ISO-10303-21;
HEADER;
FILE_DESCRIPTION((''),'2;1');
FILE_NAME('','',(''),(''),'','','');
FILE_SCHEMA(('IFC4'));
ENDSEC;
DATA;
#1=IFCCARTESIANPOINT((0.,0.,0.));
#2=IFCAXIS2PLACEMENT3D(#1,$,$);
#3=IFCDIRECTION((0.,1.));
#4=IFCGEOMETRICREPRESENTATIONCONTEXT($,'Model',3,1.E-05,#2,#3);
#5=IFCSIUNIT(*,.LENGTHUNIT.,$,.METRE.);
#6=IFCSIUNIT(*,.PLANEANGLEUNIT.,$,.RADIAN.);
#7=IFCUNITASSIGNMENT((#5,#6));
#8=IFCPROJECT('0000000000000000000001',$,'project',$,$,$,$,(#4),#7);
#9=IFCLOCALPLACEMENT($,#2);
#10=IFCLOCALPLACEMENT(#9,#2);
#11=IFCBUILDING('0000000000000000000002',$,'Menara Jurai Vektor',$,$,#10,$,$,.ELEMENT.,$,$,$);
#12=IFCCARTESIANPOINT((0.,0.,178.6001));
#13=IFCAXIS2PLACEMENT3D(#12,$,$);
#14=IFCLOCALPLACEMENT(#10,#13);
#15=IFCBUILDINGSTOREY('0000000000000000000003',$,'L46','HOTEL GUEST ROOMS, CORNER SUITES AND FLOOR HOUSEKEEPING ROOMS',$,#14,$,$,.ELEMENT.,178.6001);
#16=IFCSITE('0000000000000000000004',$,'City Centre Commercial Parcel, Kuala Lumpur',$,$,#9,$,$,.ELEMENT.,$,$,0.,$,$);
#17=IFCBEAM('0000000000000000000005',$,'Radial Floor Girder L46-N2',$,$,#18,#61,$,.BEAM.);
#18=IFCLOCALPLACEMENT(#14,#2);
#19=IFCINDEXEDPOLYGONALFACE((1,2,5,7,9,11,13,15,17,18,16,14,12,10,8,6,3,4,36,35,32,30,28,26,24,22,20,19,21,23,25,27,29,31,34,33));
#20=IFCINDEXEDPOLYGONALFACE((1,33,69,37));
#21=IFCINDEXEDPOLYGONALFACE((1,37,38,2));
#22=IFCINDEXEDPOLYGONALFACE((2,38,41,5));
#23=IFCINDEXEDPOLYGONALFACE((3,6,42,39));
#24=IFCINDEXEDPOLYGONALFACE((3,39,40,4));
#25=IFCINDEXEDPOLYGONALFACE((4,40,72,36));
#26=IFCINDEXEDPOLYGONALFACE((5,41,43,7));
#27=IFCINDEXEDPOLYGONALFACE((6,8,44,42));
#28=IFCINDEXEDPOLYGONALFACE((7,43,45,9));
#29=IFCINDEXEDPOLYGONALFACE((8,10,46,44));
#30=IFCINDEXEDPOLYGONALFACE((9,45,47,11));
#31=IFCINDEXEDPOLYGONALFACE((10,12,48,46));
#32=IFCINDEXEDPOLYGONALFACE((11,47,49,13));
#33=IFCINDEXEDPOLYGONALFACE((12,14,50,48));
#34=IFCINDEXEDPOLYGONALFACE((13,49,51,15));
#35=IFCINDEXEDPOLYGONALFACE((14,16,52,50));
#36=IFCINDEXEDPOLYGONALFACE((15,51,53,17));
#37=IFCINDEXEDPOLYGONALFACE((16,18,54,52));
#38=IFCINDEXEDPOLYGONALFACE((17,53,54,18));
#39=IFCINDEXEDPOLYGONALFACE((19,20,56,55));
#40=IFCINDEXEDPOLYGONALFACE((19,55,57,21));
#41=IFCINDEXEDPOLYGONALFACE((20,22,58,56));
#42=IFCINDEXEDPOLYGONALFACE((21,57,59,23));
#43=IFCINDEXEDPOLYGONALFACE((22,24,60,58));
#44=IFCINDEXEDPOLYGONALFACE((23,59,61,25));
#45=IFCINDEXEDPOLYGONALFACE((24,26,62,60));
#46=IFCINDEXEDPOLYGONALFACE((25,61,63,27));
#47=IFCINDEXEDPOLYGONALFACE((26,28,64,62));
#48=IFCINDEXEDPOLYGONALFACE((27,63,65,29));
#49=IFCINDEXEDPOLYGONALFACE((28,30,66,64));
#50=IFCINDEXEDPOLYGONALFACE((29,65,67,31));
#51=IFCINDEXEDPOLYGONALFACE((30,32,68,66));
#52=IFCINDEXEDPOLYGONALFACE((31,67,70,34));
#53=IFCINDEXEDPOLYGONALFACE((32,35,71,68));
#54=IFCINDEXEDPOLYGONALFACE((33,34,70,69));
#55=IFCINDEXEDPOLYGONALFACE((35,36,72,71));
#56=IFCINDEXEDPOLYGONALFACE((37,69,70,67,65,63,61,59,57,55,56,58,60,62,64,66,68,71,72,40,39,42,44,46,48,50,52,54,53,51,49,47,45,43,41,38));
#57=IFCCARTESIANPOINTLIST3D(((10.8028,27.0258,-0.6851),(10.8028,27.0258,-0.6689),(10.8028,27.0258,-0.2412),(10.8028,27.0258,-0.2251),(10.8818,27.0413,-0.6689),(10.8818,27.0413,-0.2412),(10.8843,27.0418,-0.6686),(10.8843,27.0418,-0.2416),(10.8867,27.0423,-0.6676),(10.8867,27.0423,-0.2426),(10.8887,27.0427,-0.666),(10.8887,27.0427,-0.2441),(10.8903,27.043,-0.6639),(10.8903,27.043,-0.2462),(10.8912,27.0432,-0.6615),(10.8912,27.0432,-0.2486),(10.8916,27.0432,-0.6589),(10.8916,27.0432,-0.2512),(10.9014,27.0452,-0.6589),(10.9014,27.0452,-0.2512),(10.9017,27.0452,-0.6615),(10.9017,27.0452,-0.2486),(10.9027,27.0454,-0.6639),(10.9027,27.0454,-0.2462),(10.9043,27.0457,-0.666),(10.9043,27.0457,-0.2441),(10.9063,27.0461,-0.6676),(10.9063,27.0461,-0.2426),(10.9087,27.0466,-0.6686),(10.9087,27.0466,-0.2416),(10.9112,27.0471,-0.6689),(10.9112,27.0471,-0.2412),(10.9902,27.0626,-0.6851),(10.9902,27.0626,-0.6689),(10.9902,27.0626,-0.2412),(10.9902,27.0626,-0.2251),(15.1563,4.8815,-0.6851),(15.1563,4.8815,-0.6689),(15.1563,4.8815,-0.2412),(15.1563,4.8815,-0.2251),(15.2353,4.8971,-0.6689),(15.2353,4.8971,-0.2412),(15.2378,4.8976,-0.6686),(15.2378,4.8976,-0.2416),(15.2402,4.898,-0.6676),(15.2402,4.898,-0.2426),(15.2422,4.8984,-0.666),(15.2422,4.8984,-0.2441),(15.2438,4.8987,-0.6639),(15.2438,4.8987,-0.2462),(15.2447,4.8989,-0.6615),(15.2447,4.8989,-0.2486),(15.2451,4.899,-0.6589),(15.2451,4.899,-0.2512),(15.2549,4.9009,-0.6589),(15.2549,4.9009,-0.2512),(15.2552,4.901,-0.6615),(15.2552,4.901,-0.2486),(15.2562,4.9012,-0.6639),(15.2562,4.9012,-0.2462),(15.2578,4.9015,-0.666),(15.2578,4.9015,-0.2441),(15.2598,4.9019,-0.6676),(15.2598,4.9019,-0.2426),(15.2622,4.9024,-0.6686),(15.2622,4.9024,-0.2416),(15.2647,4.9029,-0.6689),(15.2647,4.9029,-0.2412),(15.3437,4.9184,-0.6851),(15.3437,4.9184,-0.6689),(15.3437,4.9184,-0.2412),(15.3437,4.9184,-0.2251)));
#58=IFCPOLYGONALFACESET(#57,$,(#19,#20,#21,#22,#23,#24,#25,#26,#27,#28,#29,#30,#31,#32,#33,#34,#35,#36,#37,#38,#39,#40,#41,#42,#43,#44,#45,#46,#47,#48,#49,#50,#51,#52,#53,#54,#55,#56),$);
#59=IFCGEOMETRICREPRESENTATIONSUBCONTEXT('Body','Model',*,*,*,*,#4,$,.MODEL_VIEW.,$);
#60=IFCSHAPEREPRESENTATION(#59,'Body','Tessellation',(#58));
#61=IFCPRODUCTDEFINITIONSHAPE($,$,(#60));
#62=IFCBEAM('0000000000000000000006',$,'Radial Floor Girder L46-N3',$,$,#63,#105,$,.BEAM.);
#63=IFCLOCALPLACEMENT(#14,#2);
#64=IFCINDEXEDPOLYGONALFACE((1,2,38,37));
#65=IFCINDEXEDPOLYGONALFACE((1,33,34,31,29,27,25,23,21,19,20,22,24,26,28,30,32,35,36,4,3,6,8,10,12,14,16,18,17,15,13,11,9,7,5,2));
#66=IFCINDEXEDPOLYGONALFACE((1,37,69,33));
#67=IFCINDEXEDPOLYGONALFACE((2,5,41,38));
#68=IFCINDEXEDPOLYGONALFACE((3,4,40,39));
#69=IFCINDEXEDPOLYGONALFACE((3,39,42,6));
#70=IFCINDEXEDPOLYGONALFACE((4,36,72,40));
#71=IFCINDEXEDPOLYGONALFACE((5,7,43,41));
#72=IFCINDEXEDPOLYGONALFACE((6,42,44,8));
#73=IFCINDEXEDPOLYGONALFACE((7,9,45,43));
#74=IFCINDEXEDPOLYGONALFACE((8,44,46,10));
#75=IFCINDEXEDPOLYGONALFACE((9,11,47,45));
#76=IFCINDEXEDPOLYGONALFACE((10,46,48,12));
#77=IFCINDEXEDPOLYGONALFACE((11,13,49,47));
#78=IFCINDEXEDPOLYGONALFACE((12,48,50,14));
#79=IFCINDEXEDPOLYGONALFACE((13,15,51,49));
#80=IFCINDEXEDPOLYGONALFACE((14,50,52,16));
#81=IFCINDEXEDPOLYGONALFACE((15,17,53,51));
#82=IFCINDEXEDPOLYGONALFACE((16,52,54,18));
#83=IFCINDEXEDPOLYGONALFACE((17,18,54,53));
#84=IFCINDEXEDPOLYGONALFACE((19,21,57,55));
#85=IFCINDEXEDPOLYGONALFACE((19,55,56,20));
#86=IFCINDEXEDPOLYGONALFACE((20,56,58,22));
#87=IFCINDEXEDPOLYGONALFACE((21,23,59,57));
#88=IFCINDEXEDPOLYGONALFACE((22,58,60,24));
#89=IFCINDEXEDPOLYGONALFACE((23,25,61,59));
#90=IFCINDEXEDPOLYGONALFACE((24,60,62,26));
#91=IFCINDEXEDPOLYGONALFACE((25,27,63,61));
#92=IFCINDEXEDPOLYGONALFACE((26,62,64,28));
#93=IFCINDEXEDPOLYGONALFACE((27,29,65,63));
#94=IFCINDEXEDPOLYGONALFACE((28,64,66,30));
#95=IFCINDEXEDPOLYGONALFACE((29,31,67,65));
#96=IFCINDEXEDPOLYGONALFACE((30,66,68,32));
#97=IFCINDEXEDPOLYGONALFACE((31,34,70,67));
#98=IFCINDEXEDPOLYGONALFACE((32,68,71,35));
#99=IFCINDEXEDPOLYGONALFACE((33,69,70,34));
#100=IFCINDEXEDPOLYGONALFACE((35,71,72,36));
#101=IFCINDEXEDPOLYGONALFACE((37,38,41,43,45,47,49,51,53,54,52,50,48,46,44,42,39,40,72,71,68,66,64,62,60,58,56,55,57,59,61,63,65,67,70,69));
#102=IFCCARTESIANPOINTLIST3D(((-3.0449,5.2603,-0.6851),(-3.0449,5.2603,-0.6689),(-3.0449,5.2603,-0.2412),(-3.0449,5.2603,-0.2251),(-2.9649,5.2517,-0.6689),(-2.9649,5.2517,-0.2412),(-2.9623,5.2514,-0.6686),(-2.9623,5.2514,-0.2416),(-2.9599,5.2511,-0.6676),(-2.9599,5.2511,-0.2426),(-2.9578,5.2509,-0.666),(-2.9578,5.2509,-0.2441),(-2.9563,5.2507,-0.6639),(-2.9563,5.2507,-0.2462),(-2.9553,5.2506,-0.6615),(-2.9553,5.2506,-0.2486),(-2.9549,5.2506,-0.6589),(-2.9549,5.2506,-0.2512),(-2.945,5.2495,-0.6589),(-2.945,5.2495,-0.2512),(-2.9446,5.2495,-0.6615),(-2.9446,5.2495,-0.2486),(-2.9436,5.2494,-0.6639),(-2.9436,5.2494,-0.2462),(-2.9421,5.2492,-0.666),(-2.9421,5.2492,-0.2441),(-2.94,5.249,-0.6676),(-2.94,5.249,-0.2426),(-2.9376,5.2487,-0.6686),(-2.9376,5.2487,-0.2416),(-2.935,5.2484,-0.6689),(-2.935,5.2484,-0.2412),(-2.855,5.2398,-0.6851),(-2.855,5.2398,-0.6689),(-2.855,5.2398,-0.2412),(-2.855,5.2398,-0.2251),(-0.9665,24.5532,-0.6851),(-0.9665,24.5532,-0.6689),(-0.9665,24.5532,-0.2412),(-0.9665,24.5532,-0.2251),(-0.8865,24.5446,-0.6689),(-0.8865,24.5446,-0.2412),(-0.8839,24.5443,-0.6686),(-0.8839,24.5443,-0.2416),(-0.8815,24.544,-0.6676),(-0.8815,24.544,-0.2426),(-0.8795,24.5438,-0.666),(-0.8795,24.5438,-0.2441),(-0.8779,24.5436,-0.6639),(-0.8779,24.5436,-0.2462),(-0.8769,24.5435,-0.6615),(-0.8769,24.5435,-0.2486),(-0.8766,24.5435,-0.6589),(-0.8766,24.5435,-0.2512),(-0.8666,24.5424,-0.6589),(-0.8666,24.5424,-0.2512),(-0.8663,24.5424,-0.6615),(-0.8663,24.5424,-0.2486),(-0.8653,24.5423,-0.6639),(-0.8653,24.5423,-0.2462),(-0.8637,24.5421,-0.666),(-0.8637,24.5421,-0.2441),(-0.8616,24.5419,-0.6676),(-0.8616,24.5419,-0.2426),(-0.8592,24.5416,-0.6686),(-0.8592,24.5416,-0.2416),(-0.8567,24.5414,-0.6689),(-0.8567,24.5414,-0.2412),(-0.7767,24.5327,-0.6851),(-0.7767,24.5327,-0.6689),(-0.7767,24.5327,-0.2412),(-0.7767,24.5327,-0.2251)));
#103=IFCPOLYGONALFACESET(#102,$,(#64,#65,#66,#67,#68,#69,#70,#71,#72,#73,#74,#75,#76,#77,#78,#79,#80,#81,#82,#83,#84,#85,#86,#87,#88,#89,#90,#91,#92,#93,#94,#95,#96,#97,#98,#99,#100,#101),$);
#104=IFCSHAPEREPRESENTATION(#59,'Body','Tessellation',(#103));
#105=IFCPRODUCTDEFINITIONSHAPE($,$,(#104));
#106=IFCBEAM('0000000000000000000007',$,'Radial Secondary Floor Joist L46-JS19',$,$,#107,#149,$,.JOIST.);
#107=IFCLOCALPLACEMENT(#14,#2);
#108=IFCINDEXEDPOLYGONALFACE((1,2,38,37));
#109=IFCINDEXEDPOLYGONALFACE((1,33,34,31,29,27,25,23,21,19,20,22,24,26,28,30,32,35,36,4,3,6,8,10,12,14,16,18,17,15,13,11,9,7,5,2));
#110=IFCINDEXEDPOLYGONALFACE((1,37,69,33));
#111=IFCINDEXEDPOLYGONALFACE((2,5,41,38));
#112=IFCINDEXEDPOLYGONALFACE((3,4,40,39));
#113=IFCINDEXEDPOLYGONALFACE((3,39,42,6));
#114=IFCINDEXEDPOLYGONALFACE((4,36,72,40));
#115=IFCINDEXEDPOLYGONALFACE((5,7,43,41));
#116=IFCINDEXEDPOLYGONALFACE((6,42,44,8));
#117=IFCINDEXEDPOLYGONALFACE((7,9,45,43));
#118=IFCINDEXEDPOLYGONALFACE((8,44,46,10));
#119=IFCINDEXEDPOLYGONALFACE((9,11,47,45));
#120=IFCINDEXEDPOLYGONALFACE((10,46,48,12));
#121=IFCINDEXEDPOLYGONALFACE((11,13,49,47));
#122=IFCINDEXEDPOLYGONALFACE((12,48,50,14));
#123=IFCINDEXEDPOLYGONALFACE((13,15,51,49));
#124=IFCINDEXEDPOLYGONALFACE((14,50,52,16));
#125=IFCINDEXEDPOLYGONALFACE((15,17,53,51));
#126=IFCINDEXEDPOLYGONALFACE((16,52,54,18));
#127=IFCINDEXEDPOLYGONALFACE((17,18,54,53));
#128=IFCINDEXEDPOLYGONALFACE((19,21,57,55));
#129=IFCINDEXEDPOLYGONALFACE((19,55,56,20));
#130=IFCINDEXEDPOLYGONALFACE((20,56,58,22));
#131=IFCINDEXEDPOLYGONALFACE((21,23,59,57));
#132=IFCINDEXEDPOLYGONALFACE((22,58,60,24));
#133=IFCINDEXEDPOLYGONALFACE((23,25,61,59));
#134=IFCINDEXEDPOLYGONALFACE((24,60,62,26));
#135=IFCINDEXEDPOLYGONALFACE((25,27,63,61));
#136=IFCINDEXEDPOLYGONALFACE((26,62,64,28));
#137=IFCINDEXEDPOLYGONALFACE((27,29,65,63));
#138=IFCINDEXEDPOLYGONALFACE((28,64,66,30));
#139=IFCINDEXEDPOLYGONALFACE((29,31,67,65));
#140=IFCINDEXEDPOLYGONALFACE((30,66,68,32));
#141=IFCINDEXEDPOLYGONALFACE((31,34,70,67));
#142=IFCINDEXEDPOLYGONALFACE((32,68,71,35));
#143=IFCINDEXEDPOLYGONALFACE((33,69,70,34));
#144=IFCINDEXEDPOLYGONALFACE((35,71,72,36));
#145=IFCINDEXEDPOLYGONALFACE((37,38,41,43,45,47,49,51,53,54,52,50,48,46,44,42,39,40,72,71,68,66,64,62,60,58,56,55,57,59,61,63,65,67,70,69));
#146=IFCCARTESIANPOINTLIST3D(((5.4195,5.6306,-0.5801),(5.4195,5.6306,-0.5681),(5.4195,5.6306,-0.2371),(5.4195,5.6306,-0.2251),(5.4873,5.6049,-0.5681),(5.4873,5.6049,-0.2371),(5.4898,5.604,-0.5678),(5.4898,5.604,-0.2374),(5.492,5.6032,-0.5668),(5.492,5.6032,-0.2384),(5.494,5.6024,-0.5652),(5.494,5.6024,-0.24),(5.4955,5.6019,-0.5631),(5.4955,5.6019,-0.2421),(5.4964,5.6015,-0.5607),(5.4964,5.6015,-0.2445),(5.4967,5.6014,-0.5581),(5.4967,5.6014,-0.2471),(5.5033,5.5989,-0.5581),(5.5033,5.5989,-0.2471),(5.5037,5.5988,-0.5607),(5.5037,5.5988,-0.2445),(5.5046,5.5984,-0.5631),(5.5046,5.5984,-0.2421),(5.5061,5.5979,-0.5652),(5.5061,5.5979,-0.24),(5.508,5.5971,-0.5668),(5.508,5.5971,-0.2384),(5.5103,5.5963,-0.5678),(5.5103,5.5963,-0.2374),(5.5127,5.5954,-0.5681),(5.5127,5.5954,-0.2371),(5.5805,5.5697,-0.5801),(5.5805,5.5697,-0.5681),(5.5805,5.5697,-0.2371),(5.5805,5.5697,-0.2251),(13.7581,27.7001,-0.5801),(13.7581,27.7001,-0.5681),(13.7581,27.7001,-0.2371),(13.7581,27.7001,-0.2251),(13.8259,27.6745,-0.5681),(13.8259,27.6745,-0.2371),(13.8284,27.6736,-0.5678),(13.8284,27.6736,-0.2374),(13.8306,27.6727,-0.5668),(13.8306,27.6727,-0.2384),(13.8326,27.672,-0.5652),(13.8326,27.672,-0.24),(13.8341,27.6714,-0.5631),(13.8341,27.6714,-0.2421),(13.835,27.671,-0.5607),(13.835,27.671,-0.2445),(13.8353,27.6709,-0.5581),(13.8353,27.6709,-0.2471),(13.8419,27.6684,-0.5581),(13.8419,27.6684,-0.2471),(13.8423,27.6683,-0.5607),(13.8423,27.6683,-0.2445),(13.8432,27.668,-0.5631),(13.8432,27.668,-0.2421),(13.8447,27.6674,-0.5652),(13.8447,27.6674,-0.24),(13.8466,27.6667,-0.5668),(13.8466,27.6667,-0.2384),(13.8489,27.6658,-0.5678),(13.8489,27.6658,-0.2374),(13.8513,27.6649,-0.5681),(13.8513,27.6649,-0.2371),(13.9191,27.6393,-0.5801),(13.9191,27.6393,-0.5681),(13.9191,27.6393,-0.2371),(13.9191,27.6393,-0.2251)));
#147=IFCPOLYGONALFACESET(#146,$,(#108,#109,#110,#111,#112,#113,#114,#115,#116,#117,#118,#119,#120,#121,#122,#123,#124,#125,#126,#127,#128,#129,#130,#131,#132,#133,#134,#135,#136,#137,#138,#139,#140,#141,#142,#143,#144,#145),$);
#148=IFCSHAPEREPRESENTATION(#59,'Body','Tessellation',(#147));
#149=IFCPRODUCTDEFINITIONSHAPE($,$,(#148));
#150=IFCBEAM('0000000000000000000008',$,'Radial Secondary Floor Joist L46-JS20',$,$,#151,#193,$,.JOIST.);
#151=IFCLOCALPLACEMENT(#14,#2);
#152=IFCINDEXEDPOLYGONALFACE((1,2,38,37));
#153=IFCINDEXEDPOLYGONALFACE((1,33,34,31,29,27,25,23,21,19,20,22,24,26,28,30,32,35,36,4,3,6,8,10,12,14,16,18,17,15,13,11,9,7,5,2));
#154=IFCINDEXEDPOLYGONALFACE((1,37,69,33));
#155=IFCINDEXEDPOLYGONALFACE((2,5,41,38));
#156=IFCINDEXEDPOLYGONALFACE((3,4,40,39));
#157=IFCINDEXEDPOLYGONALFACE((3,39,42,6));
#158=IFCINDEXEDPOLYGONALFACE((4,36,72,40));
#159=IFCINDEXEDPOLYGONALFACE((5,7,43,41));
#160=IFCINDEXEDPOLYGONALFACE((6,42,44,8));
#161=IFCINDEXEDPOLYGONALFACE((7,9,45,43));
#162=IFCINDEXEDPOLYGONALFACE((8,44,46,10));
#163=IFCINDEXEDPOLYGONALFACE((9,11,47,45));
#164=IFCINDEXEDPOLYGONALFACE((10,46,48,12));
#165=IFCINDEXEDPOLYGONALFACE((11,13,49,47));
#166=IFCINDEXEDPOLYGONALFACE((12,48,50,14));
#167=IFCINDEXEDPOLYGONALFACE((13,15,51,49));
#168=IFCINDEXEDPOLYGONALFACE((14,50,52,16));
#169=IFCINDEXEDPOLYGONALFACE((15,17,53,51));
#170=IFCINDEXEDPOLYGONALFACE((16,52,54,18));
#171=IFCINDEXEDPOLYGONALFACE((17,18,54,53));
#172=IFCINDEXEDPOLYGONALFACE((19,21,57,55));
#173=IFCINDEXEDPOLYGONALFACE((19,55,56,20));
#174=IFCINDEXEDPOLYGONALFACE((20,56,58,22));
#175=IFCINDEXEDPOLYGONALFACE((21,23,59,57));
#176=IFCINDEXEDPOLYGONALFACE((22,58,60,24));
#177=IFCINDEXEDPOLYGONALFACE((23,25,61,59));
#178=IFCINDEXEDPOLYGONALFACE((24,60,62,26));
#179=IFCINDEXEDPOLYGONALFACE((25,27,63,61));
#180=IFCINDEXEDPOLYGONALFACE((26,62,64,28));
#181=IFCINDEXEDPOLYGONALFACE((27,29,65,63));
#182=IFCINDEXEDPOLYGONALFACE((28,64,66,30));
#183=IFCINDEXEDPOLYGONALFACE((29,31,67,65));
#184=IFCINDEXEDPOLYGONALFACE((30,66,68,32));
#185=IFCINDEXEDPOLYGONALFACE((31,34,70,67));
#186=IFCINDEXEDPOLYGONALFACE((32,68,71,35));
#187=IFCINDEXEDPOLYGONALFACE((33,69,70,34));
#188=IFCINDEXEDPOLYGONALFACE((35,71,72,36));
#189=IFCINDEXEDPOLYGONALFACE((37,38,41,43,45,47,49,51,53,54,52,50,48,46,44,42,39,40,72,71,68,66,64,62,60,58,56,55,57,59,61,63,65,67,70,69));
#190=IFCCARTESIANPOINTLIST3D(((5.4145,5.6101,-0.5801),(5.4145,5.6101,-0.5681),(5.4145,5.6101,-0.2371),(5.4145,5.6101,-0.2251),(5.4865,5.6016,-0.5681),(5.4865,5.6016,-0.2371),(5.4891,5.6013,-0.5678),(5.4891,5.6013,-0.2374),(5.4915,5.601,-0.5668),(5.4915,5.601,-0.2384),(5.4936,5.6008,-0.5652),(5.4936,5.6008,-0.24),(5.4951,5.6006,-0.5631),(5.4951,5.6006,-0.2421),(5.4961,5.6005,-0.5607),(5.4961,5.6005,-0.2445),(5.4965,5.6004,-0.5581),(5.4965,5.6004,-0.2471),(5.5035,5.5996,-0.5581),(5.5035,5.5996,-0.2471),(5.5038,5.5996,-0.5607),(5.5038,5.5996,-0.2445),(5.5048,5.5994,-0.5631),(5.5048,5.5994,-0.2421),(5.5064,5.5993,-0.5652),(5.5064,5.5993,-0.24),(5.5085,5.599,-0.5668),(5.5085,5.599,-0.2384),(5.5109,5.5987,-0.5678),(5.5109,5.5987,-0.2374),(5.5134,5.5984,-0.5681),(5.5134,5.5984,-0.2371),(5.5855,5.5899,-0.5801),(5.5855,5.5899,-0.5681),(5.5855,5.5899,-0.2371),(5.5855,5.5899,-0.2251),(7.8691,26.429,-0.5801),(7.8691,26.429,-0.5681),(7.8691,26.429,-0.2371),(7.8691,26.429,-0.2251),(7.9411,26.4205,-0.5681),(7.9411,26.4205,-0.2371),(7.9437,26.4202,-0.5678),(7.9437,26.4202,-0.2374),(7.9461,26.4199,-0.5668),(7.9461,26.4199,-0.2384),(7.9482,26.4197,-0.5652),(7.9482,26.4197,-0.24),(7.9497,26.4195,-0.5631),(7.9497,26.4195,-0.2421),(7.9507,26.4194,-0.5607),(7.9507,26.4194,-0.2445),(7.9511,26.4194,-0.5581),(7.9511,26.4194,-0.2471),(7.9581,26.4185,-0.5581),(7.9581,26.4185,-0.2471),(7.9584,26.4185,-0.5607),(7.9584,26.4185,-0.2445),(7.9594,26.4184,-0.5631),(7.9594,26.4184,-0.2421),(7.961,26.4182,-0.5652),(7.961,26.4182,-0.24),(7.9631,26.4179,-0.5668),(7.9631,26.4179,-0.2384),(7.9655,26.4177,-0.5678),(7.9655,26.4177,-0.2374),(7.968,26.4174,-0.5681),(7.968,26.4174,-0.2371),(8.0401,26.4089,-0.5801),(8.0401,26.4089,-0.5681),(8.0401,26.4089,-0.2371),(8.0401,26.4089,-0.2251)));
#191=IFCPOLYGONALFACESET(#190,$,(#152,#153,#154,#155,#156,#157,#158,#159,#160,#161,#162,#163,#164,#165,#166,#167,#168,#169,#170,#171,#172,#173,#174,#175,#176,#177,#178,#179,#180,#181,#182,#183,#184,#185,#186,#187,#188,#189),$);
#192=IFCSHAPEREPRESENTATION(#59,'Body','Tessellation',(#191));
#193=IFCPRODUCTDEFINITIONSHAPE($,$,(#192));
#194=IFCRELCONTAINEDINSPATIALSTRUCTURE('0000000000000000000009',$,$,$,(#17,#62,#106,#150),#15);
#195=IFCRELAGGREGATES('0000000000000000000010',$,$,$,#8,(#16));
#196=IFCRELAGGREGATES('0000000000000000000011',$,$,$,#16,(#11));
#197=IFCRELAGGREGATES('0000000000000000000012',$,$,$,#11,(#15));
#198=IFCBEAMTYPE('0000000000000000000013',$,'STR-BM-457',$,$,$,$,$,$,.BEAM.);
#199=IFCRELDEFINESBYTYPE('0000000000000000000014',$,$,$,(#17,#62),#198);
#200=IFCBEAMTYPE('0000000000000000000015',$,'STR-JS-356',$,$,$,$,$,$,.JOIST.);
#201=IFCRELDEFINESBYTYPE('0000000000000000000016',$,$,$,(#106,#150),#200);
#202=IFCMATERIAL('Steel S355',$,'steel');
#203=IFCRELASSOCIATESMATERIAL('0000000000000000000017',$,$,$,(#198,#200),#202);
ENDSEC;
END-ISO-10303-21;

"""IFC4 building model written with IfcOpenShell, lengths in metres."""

from ifc_helpers import new_model, si_unit, direction, frame, origin, origin_2d, place, context, subcontext, project, spatial, i_section, extrude, material, material_profile, profile_set, type_object, element, save


model = new_model("IFC4")

# Units and contexts
model_context = context("Model", 3, precision=1e-05, world=origin(), true_north=direction((0.0, 1.0)))
body_context = subcontext(model_context, "Body", "Model", "MODEL_VIEW")
ifc_project = project(units=[si_unit("LENGTHUNIT", "METRE"), si_unit("PLANEANGLEUNIT", "RADIAN")], contexts=[model_context])

# Site, building, storey
site_placement = place(None, origin())
site = spatial("IfcSite", under=ifc_project, at=site_placement, Name="City Centre Commercial Parcel, Kuala Lumpur", CompositionType="ELEMENT", RefElevation=0.0)
building_placement = place(site_placement, origin())
building = spatial("IfcBuilding", under=site, at=building_placement, Name="Menara Jurai Vektor", CompositionType="ELEMENT")
storey_placement = place(building_placement, frame((0.0, 0.0, 178.6001)))
storey = spatial("IfcBuildingStorey", under=building, at=storey_placement, Name="L46", Description="HOTEL GUEST ROOMS, CORNER SUITES AND FLOOR HOUSEKEEPING ROOMS", CompositionType="ELEMENT", Elevation=178.6001)

# Beams
ifc_material_1 = material(Name="Steel S355", Category="steel")
ifc_material_profile_1 = material_profile(ifc_material_1, i_section(OverallWidth=0.1909, OverallDepth=0.46, WebThickness=0.01, FlangeThickness=0.0161, FilletRadius=0.01, at=origin_2d()), Name="UKB 457x191x82")
ifc_profile_set_1 = profile_set([ifc_material_profile_1], Name="Steel S355")
beam_type_1 = type_object("IfcBeamType", Name="STR-BM-457", PredefinedType="BEAM", material=ifc_profile_set_1)
beam_1_placement = place(storey_placement, frame((10.8965, 27.0442, -0.4551), z_axis=(0.192905, -0.981217, 0.0), x_axis=(0.981217, 0.192905, 0.0)))
element("IfcBeam", 1, at=beam_1_placement, inside=storey, type_object=beam_type_1, Name="Radial Floor Girder L46-N2", PredefinedType="BEAM", context=body_context, shape_type="SweptSolid", body=[
    extrude(i_section(OverallWidth=0.1909, OverallDepth=0.46, WebThickness=0.01, FlangeThickness=0.0161, FilletRadius=0.01, at=origin_2d()), origin(), (0.0, 0.0, 1.0), 22.5681),
])
beam_2_placement = place(storey_placement, frame((-0.8716, 24.543, -0.4551), z_axis=(-0.107107, -0.994247, 0.0), x_axis=(0.994247, -0.107107, 0.0)))
element("IfcBeam", 2, at=beam_2_placement, inside=storey, type_object=beam_type_1, Name="Radial Floor Girder L46-N3", PredefinedType="BEAM", context=body_context, shape_type="SweptSolid", body=[
    extrude(i_section(OverallWidth=0.1909, OverallDepth=0.46, WebThickness=0.01, FlangeThickness=0.0161, FilletRadius=0.01, at=origin_2d()), origin(), (0.0, 0.0, 1.0), 19.4045),
])
ifc_material_profile_2 = material_profile(ifc_material_1, i_section(OverallWidth=0.1721, OverallDepth=0.355, WebThickness=0.0071, FlangeThickness=0.012, FilletRadius=0.01, at=origin_2d()), Name="UKB 356x171x51")
ifc_profile_set_2 = profile_set([ifc_material_profile_2], Name="Steel S355")
beam_type_2 = type_object("IfcBeamType", Name="STR-JS-356", PredefinedType="JOIST", material=ifc_profile_set_2)
beam_3_placement = place(storey_placement, frame((13.8386, 27.6697, -0.4026), z_axis=(-0.353446, -0.935455, 0.0), x_axis=(0.935455, -0.353446, 0.0)))
element("IfcBeam", 3, at=beam_3_placement, inside=storey, type_object=beam_type_2, Name="Radial Secondary Floor Joist L46-JS19", PredefinedType="JOIST", context=body_context, shape_type="SweptSolid", body=[
    extrude(i_section(OverallWidth=0.1721, OverallDepth=0.355, WebThickness=0.0071, FlangeThickness=0.012, FilletRadius=0.01, at=origin_2d()), origin(), (0.0, 0.0, 1.0), 23.5923),
])
beam_4_placement = place(storey_placement, frame((7.9546, 26.4189, -0.4026), z_axis=(-0.117091, -0.993121, 0.0), x_axis=(0.993121, -0.117091, 0.0)))
element("IfcBeam", 4, at=beam_4_placement, inside=storey, type_object=beam_type_2, Name="Radial Secondary Floor Joist L46-JS20", PredefinedType="JOIST", context=body_context, shape_type="SweptSolid", body=[
    extrude(i_section(OverallWidth=0.1721, OverallDepth=0.355, WebThickness=0.0071, FlangeThickness=0.012, FilletRadius=0.01, at=origin_2d()), origin(), (0.0, 0.0, 1.0), 20.9631),
])

save(model, "model.ifc")
